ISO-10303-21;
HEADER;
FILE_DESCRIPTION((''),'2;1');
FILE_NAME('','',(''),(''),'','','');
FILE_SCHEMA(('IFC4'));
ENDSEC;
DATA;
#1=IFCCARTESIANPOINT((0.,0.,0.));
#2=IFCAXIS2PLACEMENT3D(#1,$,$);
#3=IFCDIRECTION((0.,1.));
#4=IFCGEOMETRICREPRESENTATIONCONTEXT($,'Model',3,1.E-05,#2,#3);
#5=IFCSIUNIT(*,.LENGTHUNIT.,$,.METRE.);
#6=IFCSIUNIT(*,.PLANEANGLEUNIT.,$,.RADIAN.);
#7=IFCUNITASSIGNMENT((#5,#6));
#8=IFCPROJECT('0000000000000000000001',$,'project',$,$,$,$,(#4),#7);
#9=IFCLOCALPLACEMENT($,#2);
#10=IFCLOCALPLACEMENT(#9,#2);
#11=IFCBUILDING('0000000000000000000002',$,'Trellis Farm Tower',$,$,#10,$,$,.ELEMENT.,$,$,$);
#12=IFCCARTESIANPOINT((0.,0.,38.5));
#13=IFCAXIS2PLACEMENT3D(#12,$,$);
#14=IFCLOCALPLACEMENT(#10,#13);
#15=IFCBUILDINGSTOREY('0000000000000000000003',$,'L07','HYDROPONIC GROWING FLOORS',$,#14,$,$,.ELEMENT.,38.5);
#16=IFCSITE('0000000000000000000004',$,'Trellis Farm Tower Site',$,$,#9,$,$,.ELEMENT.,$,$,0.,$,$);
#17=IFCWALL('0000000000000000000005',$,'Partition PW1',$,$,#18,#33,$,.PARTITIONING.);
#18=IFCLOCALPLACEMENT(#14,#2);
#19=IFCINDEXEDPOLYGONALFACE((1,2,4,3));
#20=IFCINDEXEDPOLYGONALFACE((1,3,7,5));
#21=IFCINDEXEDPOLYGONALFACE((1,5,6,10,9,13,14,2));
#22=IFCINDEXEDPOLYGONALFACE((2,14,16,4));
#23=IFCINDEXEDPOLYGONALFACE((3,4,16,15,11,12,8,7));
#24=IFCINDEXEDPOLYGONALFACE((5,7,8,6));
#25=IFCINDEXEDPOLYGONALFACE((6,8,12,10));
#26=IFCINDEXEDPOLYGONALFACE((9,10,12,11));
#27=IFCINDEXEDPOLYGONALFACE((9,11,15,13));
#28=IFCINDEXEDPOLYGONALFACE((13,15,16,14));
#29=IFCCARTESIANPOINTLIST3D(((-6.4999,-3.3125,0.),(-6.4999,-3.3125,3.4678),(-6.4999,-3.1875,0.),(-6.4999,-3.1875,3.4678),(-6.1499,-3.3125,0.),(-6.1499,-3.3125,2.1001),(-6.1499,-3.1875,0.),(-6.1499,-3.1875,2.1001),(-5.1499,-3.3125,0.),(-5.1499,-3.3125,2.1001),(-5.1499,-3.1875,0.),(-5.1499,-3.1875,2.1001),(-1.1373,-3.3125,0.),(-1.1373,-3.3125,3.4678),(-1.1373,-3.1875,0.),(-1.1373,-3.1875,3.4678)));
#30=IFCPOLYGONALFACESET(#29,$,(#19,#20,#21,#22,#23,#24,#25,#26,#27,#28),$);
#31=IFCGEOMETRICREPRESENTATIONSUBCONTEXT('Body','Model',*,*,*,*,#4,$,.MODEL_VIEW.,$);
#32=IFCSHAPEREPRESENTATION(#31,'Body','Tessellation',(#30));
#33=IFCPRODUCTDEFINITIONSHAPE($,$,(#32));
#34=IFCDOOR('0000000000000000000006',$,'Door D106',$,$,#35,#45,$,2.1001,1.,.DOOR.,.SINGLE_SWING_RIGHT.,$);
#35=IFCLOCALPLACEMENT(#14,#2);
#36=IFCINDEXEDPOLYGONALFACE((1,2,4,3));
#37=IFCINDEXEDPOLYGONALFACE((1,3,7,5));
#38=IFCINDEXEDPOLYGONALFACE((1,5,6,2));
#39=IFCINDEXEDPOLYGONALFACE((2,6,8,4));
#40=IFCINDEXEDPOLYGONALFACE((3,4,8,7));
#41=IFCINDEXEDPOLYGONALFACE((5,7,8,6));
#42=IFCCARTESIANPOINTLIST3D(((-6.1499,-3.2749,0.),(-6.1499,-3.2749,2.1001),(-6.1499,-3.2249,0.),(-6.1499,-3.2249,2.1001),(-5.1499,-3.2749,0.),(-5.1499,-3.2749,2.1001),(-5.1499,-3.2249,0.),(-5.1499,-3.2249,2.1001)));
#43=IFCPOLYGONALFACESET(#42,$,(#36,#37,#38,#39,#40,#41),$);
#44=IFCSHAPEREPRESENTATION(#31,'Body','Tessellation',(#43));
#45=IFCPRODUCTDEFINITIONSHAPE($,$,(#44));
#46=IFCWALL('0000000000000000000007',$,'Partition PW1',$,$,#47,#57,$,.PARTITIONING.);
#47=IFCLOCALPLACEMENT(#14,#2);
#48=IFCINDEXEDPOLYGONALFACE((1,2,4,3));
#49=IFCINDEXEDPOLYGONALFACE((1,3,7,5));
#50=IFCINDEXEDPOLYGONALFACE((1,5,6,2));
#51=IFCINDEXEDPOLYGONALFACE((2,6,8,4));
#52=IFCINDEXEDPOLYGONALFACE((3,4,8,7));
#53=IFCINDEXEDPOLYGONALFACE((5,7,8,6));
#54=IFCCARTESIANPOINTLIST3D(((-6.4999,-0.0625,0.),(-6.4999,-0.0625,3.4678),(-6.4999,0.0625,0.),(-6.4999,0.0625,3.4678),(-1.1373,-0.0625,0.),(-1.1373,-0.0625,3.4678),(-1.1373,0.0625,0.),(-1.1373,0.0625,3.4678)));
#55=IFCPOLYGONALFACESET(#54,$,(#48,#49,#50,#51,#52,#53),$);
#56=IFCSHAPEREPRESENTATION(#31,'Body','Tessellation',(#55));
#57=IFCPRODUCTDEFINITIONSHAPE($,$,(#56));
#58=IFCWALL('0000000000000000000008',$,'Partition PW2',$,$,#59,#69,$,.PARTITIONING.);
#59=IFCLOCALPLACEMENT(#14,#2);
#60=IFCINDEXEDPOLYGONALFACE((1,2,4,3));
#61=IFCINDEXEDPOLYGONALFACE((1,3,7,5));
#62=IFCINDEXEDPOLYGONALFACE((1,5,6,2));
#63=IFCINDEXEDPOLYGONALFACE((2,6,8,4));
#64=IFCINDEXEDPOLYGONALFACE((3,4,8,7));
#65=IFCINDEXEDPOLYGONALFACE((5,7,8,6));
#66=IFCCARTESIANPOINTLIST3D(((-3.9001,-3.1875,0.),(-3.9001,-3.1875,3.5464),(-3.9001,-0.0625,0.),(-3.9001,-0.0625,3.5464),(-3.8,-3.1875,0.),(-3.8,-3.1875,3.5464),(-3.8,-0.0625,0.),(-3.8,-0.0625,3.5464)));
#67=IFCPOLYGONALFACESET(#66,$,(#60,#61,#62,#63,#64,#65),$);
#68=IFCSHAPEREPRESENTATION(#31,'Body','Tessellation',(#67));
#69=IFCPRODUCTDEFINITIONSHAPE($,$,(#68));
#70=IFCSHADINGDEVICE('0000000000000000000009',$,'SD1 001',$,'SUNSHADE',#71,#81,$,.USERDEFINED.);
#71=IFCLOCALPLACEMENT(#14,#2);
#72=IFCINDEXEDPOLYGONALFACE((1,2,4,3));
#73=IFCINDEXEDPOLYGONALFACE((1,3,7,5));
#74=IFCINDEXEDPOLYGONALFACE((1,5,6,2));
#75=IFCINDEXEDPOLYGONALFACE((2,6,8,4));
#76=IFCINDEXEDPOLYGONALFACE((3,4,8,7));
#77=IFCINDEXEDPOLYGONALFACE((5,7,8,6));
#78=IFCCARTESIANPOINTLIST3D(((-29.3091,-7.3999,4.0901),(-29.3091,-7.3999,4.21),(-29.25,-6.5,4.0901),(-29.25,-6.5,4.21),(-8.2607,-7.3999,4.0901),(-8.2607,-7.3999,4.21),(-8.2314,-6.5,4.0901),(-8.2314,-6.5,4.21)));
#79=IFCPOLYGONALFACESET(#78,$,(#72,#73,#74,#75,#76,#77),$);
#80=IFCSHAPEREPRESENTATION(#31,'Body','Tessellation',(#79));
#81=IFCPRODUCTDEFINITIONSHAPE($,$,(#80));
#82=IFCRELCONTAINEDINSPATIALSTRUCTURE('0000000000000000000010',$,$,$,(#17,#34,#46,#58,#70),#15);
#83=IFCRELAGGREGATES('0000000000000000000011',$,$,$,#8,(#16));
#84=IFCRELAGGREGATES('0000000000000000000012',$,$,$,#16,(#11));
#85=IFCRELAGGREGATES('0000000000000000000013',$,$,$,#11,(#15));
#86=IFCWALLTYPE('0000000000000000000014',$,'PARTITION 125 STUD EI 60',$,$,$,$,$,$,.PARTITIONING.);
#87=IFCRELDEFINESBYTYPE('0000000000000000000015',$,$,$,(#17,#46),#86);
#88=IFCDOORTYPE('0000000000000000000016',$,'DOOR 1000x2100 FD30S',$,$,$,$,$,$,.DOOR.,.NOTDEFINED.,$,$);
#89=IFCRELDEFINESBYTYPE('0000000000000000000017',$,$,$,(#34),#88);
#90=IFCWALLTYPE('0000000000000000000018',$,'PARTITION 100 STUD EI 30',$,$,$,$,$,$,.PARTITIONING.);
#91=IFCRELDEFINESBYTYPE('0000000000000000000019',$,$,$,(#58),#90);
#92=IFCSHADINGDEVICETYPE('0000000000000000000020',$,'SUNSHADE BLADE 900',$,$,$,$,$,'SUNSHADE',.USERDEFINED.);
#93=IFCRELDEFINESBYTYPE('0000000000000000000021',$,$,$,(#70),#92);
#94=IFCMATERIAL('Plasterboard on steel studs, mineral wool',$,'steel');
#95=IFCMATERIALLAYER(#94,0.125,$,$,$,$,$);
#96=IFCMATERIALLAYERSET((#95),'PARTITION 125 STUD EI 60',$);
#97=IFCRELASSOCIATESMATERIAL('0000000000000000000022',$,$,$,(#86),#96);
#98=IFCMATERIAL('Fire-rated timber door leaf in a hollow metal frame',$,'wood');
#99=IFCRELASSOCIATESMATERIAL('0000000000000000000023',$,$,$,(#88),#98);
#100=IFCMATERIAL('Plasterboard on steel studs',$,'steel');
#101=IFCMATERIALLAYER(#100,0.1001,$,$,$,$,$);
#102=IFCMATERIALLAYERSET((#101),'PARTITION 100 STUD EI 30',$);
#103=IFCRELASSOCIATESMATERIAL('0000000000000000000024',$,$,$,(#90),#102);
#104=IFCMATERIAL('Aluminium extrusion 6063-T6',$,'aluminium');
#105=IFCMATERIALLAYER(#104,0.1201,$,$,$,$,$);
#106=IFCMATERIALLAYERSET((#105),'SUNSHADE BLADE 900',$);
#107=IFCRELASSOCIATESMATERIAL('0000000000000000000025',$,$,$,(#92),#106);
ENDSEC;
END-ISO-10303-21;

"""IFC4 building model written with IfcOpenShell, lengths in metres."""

from ifc_helpers import new_model, si_unit, direction, frame, frame_2d, origin, place, context, subcontext, project, spatial, polyline, rectangle, outline, extrude, source, transform, mapped, material, layer, layer_set, type_object, element, fill, save


model = new_model("IFC4")

# Units and contexts
model_context = context("Model", 3, precision=1e-05, world=origin(), true_north=direction((0.0, 1.0)))
body_context = subcontext(model_context, "Body", "Model", "MODEL_VIEW")
ifc_project = project(units=[si_unit("LENGTHUNIT", "METRE"), si_unit("PLANEANGLEUNIT", "RADIAN")], contexts=[model_context])

# Site, building, storey
site_placement = place(None, origin())
site = spatial("IfcSite", under=ifc_project, at=site_placement, Name="Trellis Farm Tower Site", CompositionType="ELEMENT", RefElevation=0.0)
building_placement = place(site_placement, origin())
building = spatial("IfcBuilding", under=site, at=building_placement, Name="Trellis Farm Tower", CompositionType="ELEMENT")
storey_placement = place(building_placement, frame((0.0, 0.0, 38.5)))
storey = spatial("IfcBuildingStorey", under=building, at=storey_placement, Name="L07", Description="HYDROPONIC GROWING FLOORS", CompositionType="ELEMENT", Elevation=38.5)

# Shared definitions
ifc_material_1 = material(Name="Aluminium extrusion 6063-T6", Category="aluminium")

# Wall, opening, door
ifc_material_2 = material(Name="Plasterboard on steel studs, mineral wool", Category="steel")
ifc_layer_1 = layer(ifc_material_2, 0.125)
ifc_layer_set_1 = layer_set([ifc_layer_1], Name="PARTITION 125 STUD EI 60")
wall_type_1 = type_object("IfcWallType", Name="PARTITION 125 STUD EI 60", PredefinedType="PARTITIONING", material=ifc_layer_set_1)
shared_shape_1 = source(origin(), body_context, "Body", "SweptSolid", [
    extrude(rectangle(XDim=1.0, YDim=2.1001, at=frame_2d((0.5, 1.05))), frame((0.0, 0.0725, 0.0), z_axis=(0.0, -1.0, 0.0), x_axis=(1.0, 0.0, 0.0)), (0.0, 0.0, 1.0), 0.145),
])
ifc_material_3 = material(Name="Fire-rated timber door leaf in a hollow metal frame", Category="wood")
door_type = type_object("IfcDoorType", Name="DOOR 1000x2100 FD30S", OperationType="NOTDEFINED", PredefinedType="DOOR", material=ifc_material_3)
shared_shape_2 = source(origin(), body_context, "Body", "SweptSolid", [
    extrude(rectangle(XDim=1.0, YDim=2.1001, at=frame_2d((0.5, 1.05))), frame((0.0, 0.0249, 0.0), z_axis=(0.0, -1.0, 0.0), x_axis=(1.0, 0.0, 0.0)), (0.0, 0.0, 1.0), 0.05),
])
shared_shape_3 = source(origin(), body_context, "Body", "SweptSolid", [
    extrude(rectangle(XDim=5.3625, YDim=0.125, at=frame_2d((2.6812, 0.0))), origin(), (0.0, 0.0, 1.0), 3.4678),
])
wall_1_placement = place(storey_placement, frame((-1.1375, -3.25, 0.0), z_axis=(0.0, 0.0, 1.0), x_axis=(-1.0, 0.0, 0.0)))
wall_1 = element("IfcWall", 1, at=wall_1_placement, inside=storey, type_object=wall_type_1, Name="Partition PW1", PredefinedType="PARTITIONING", context=body_context, shape_type="MappedRepresentation", body=[
    mapped(shared_shape_3, transform((0.0, 0.0, 0.0))),
])
opening_1_placement = place(wall_1_placement, frame((4.0125, 0.0, 0.0)))
opening_1 = element("IfcOpeningElement", 2, at=opening_1_placement, cuts=wall_1, PredefinedType="OPENING", context=body_context, shape_type="MappedRepresentation", body=[
    mapped(shared_shape_1, transform((0.0, 0.0, 0.0))),
])
door_1_placement = place(opening_1_placement, origin())
door_1 = element("IfcDoor", 3, at=door_1_placement, inside=storey, type_object=door_type, Name="Door D106", OperationType="SINGLE_SWING_RIGHT", OverallHeight=2.1001, OverallWidth=1.0, PredefinedType="DOOR", context=body_context, shape_type="MappedRepresentation", body=[
    mapped(shared_shape_2, transform((0.0, 0.0, 0.0))),
])
fill(opening_1, door_1)

# Walls
wall_2_placement = place(storey_placement, frame((-1.1375, 0.0, 0.0), z_axis=(0.0, 0.0, 1.0), x_axis=(-1.0, 0.0, 0.0)))
element("IfcWall", 4, at=wall_2_placement, inside=storey, type_object=wall_type_1, Name="Partition PW1", PredefinedType="PARTITIONING", context=body_context, shape_type="MappedRepresentation", body=[
    mapped(shared_shape_3, transform((0.0, 0.0, 0.0))),
])
ifc_material_4 = material(Name="Plasterboard on steel studs", Category="steel")
ifc_layer_2 = layer(ifc_material_4, 0.1001)
ifc_layer_set_2 = layer_set([ifc_layer_2], Name="PARTITION 100 STUD EI 30")
wall_type_2 = type_object("IfcWallType", Name="PARTITION 100 STUD EI 30", PredefinedType="PARTITIONING", material=ifc_layer_set_2)
shared_shape_4 = source(origin(), body_context, "Body", "SweptSolid", [
    extrude(rectangle(XDim=3.125, YDim=0.1001, at=frame_2d((1.5625, 0.0))), origin(), (0.0, 0.0, 1.0), 3.5464),
])
wall_3_placement = place(storey_placement, frame((-3.8501, -3.1875, 0.0), z_axis=(0.0, 0.0, 1.0), x_axis=(0.0, 1.0, 0.0)))
element("IfcWall", 5, at=wall_3_placement, inside=storey, type_object=wall_type_2, Name="Partition PW2", PredefinedType="PARTITIONING", context=body_context, shape_type="MappedRepresentation", body=[
    mapped(shared_shape_4, transform((0.0, 0.0, 0.0))),
])

# Shading device
ifc_layer_3 = layer(ifc_material_1, 0.1201)
ifc_layer_set_3 = layer_set([ifc_layer_3], Name="SUNSHADE BLADE 900")
shading_device_type = type_object("IfcShadingDeviceType", Name="SUNSHADE BLADE 900", ElementType="SUNSHADE", PredefinedType="USERDEFINED", material=ifc_layer_set_3)
shared_shape_5 = source(origin(), body_context, "Body", "SweptSolid", [
    extrude(outline(polyline([(-29.3091, -7.3999), (-8.2607, -7.3999), (-8.2314, -6.5), (-29.25, -6.5), (-29.3091, -7.3999)])), origin(), (0.0, 0.0, 1.0), 0.1199),
])
shading_device_placement = place(storey_placement, frame((0.0, 0.0, 4.0901)))
element("IfcShadingDevice", 6, at=shading_device_placement, inside=storey, type_object=shading_device_type, Name="SD1 001", ObjectType="SUNSHADE", PredefinedType="USERDEFINED", context=body_context, shape_type="MappedRepresentation", body=[
    mapped(shared_shape_5, transform((0.0, 0.0, 0.0))),
])

save(model, "model.ifc")
